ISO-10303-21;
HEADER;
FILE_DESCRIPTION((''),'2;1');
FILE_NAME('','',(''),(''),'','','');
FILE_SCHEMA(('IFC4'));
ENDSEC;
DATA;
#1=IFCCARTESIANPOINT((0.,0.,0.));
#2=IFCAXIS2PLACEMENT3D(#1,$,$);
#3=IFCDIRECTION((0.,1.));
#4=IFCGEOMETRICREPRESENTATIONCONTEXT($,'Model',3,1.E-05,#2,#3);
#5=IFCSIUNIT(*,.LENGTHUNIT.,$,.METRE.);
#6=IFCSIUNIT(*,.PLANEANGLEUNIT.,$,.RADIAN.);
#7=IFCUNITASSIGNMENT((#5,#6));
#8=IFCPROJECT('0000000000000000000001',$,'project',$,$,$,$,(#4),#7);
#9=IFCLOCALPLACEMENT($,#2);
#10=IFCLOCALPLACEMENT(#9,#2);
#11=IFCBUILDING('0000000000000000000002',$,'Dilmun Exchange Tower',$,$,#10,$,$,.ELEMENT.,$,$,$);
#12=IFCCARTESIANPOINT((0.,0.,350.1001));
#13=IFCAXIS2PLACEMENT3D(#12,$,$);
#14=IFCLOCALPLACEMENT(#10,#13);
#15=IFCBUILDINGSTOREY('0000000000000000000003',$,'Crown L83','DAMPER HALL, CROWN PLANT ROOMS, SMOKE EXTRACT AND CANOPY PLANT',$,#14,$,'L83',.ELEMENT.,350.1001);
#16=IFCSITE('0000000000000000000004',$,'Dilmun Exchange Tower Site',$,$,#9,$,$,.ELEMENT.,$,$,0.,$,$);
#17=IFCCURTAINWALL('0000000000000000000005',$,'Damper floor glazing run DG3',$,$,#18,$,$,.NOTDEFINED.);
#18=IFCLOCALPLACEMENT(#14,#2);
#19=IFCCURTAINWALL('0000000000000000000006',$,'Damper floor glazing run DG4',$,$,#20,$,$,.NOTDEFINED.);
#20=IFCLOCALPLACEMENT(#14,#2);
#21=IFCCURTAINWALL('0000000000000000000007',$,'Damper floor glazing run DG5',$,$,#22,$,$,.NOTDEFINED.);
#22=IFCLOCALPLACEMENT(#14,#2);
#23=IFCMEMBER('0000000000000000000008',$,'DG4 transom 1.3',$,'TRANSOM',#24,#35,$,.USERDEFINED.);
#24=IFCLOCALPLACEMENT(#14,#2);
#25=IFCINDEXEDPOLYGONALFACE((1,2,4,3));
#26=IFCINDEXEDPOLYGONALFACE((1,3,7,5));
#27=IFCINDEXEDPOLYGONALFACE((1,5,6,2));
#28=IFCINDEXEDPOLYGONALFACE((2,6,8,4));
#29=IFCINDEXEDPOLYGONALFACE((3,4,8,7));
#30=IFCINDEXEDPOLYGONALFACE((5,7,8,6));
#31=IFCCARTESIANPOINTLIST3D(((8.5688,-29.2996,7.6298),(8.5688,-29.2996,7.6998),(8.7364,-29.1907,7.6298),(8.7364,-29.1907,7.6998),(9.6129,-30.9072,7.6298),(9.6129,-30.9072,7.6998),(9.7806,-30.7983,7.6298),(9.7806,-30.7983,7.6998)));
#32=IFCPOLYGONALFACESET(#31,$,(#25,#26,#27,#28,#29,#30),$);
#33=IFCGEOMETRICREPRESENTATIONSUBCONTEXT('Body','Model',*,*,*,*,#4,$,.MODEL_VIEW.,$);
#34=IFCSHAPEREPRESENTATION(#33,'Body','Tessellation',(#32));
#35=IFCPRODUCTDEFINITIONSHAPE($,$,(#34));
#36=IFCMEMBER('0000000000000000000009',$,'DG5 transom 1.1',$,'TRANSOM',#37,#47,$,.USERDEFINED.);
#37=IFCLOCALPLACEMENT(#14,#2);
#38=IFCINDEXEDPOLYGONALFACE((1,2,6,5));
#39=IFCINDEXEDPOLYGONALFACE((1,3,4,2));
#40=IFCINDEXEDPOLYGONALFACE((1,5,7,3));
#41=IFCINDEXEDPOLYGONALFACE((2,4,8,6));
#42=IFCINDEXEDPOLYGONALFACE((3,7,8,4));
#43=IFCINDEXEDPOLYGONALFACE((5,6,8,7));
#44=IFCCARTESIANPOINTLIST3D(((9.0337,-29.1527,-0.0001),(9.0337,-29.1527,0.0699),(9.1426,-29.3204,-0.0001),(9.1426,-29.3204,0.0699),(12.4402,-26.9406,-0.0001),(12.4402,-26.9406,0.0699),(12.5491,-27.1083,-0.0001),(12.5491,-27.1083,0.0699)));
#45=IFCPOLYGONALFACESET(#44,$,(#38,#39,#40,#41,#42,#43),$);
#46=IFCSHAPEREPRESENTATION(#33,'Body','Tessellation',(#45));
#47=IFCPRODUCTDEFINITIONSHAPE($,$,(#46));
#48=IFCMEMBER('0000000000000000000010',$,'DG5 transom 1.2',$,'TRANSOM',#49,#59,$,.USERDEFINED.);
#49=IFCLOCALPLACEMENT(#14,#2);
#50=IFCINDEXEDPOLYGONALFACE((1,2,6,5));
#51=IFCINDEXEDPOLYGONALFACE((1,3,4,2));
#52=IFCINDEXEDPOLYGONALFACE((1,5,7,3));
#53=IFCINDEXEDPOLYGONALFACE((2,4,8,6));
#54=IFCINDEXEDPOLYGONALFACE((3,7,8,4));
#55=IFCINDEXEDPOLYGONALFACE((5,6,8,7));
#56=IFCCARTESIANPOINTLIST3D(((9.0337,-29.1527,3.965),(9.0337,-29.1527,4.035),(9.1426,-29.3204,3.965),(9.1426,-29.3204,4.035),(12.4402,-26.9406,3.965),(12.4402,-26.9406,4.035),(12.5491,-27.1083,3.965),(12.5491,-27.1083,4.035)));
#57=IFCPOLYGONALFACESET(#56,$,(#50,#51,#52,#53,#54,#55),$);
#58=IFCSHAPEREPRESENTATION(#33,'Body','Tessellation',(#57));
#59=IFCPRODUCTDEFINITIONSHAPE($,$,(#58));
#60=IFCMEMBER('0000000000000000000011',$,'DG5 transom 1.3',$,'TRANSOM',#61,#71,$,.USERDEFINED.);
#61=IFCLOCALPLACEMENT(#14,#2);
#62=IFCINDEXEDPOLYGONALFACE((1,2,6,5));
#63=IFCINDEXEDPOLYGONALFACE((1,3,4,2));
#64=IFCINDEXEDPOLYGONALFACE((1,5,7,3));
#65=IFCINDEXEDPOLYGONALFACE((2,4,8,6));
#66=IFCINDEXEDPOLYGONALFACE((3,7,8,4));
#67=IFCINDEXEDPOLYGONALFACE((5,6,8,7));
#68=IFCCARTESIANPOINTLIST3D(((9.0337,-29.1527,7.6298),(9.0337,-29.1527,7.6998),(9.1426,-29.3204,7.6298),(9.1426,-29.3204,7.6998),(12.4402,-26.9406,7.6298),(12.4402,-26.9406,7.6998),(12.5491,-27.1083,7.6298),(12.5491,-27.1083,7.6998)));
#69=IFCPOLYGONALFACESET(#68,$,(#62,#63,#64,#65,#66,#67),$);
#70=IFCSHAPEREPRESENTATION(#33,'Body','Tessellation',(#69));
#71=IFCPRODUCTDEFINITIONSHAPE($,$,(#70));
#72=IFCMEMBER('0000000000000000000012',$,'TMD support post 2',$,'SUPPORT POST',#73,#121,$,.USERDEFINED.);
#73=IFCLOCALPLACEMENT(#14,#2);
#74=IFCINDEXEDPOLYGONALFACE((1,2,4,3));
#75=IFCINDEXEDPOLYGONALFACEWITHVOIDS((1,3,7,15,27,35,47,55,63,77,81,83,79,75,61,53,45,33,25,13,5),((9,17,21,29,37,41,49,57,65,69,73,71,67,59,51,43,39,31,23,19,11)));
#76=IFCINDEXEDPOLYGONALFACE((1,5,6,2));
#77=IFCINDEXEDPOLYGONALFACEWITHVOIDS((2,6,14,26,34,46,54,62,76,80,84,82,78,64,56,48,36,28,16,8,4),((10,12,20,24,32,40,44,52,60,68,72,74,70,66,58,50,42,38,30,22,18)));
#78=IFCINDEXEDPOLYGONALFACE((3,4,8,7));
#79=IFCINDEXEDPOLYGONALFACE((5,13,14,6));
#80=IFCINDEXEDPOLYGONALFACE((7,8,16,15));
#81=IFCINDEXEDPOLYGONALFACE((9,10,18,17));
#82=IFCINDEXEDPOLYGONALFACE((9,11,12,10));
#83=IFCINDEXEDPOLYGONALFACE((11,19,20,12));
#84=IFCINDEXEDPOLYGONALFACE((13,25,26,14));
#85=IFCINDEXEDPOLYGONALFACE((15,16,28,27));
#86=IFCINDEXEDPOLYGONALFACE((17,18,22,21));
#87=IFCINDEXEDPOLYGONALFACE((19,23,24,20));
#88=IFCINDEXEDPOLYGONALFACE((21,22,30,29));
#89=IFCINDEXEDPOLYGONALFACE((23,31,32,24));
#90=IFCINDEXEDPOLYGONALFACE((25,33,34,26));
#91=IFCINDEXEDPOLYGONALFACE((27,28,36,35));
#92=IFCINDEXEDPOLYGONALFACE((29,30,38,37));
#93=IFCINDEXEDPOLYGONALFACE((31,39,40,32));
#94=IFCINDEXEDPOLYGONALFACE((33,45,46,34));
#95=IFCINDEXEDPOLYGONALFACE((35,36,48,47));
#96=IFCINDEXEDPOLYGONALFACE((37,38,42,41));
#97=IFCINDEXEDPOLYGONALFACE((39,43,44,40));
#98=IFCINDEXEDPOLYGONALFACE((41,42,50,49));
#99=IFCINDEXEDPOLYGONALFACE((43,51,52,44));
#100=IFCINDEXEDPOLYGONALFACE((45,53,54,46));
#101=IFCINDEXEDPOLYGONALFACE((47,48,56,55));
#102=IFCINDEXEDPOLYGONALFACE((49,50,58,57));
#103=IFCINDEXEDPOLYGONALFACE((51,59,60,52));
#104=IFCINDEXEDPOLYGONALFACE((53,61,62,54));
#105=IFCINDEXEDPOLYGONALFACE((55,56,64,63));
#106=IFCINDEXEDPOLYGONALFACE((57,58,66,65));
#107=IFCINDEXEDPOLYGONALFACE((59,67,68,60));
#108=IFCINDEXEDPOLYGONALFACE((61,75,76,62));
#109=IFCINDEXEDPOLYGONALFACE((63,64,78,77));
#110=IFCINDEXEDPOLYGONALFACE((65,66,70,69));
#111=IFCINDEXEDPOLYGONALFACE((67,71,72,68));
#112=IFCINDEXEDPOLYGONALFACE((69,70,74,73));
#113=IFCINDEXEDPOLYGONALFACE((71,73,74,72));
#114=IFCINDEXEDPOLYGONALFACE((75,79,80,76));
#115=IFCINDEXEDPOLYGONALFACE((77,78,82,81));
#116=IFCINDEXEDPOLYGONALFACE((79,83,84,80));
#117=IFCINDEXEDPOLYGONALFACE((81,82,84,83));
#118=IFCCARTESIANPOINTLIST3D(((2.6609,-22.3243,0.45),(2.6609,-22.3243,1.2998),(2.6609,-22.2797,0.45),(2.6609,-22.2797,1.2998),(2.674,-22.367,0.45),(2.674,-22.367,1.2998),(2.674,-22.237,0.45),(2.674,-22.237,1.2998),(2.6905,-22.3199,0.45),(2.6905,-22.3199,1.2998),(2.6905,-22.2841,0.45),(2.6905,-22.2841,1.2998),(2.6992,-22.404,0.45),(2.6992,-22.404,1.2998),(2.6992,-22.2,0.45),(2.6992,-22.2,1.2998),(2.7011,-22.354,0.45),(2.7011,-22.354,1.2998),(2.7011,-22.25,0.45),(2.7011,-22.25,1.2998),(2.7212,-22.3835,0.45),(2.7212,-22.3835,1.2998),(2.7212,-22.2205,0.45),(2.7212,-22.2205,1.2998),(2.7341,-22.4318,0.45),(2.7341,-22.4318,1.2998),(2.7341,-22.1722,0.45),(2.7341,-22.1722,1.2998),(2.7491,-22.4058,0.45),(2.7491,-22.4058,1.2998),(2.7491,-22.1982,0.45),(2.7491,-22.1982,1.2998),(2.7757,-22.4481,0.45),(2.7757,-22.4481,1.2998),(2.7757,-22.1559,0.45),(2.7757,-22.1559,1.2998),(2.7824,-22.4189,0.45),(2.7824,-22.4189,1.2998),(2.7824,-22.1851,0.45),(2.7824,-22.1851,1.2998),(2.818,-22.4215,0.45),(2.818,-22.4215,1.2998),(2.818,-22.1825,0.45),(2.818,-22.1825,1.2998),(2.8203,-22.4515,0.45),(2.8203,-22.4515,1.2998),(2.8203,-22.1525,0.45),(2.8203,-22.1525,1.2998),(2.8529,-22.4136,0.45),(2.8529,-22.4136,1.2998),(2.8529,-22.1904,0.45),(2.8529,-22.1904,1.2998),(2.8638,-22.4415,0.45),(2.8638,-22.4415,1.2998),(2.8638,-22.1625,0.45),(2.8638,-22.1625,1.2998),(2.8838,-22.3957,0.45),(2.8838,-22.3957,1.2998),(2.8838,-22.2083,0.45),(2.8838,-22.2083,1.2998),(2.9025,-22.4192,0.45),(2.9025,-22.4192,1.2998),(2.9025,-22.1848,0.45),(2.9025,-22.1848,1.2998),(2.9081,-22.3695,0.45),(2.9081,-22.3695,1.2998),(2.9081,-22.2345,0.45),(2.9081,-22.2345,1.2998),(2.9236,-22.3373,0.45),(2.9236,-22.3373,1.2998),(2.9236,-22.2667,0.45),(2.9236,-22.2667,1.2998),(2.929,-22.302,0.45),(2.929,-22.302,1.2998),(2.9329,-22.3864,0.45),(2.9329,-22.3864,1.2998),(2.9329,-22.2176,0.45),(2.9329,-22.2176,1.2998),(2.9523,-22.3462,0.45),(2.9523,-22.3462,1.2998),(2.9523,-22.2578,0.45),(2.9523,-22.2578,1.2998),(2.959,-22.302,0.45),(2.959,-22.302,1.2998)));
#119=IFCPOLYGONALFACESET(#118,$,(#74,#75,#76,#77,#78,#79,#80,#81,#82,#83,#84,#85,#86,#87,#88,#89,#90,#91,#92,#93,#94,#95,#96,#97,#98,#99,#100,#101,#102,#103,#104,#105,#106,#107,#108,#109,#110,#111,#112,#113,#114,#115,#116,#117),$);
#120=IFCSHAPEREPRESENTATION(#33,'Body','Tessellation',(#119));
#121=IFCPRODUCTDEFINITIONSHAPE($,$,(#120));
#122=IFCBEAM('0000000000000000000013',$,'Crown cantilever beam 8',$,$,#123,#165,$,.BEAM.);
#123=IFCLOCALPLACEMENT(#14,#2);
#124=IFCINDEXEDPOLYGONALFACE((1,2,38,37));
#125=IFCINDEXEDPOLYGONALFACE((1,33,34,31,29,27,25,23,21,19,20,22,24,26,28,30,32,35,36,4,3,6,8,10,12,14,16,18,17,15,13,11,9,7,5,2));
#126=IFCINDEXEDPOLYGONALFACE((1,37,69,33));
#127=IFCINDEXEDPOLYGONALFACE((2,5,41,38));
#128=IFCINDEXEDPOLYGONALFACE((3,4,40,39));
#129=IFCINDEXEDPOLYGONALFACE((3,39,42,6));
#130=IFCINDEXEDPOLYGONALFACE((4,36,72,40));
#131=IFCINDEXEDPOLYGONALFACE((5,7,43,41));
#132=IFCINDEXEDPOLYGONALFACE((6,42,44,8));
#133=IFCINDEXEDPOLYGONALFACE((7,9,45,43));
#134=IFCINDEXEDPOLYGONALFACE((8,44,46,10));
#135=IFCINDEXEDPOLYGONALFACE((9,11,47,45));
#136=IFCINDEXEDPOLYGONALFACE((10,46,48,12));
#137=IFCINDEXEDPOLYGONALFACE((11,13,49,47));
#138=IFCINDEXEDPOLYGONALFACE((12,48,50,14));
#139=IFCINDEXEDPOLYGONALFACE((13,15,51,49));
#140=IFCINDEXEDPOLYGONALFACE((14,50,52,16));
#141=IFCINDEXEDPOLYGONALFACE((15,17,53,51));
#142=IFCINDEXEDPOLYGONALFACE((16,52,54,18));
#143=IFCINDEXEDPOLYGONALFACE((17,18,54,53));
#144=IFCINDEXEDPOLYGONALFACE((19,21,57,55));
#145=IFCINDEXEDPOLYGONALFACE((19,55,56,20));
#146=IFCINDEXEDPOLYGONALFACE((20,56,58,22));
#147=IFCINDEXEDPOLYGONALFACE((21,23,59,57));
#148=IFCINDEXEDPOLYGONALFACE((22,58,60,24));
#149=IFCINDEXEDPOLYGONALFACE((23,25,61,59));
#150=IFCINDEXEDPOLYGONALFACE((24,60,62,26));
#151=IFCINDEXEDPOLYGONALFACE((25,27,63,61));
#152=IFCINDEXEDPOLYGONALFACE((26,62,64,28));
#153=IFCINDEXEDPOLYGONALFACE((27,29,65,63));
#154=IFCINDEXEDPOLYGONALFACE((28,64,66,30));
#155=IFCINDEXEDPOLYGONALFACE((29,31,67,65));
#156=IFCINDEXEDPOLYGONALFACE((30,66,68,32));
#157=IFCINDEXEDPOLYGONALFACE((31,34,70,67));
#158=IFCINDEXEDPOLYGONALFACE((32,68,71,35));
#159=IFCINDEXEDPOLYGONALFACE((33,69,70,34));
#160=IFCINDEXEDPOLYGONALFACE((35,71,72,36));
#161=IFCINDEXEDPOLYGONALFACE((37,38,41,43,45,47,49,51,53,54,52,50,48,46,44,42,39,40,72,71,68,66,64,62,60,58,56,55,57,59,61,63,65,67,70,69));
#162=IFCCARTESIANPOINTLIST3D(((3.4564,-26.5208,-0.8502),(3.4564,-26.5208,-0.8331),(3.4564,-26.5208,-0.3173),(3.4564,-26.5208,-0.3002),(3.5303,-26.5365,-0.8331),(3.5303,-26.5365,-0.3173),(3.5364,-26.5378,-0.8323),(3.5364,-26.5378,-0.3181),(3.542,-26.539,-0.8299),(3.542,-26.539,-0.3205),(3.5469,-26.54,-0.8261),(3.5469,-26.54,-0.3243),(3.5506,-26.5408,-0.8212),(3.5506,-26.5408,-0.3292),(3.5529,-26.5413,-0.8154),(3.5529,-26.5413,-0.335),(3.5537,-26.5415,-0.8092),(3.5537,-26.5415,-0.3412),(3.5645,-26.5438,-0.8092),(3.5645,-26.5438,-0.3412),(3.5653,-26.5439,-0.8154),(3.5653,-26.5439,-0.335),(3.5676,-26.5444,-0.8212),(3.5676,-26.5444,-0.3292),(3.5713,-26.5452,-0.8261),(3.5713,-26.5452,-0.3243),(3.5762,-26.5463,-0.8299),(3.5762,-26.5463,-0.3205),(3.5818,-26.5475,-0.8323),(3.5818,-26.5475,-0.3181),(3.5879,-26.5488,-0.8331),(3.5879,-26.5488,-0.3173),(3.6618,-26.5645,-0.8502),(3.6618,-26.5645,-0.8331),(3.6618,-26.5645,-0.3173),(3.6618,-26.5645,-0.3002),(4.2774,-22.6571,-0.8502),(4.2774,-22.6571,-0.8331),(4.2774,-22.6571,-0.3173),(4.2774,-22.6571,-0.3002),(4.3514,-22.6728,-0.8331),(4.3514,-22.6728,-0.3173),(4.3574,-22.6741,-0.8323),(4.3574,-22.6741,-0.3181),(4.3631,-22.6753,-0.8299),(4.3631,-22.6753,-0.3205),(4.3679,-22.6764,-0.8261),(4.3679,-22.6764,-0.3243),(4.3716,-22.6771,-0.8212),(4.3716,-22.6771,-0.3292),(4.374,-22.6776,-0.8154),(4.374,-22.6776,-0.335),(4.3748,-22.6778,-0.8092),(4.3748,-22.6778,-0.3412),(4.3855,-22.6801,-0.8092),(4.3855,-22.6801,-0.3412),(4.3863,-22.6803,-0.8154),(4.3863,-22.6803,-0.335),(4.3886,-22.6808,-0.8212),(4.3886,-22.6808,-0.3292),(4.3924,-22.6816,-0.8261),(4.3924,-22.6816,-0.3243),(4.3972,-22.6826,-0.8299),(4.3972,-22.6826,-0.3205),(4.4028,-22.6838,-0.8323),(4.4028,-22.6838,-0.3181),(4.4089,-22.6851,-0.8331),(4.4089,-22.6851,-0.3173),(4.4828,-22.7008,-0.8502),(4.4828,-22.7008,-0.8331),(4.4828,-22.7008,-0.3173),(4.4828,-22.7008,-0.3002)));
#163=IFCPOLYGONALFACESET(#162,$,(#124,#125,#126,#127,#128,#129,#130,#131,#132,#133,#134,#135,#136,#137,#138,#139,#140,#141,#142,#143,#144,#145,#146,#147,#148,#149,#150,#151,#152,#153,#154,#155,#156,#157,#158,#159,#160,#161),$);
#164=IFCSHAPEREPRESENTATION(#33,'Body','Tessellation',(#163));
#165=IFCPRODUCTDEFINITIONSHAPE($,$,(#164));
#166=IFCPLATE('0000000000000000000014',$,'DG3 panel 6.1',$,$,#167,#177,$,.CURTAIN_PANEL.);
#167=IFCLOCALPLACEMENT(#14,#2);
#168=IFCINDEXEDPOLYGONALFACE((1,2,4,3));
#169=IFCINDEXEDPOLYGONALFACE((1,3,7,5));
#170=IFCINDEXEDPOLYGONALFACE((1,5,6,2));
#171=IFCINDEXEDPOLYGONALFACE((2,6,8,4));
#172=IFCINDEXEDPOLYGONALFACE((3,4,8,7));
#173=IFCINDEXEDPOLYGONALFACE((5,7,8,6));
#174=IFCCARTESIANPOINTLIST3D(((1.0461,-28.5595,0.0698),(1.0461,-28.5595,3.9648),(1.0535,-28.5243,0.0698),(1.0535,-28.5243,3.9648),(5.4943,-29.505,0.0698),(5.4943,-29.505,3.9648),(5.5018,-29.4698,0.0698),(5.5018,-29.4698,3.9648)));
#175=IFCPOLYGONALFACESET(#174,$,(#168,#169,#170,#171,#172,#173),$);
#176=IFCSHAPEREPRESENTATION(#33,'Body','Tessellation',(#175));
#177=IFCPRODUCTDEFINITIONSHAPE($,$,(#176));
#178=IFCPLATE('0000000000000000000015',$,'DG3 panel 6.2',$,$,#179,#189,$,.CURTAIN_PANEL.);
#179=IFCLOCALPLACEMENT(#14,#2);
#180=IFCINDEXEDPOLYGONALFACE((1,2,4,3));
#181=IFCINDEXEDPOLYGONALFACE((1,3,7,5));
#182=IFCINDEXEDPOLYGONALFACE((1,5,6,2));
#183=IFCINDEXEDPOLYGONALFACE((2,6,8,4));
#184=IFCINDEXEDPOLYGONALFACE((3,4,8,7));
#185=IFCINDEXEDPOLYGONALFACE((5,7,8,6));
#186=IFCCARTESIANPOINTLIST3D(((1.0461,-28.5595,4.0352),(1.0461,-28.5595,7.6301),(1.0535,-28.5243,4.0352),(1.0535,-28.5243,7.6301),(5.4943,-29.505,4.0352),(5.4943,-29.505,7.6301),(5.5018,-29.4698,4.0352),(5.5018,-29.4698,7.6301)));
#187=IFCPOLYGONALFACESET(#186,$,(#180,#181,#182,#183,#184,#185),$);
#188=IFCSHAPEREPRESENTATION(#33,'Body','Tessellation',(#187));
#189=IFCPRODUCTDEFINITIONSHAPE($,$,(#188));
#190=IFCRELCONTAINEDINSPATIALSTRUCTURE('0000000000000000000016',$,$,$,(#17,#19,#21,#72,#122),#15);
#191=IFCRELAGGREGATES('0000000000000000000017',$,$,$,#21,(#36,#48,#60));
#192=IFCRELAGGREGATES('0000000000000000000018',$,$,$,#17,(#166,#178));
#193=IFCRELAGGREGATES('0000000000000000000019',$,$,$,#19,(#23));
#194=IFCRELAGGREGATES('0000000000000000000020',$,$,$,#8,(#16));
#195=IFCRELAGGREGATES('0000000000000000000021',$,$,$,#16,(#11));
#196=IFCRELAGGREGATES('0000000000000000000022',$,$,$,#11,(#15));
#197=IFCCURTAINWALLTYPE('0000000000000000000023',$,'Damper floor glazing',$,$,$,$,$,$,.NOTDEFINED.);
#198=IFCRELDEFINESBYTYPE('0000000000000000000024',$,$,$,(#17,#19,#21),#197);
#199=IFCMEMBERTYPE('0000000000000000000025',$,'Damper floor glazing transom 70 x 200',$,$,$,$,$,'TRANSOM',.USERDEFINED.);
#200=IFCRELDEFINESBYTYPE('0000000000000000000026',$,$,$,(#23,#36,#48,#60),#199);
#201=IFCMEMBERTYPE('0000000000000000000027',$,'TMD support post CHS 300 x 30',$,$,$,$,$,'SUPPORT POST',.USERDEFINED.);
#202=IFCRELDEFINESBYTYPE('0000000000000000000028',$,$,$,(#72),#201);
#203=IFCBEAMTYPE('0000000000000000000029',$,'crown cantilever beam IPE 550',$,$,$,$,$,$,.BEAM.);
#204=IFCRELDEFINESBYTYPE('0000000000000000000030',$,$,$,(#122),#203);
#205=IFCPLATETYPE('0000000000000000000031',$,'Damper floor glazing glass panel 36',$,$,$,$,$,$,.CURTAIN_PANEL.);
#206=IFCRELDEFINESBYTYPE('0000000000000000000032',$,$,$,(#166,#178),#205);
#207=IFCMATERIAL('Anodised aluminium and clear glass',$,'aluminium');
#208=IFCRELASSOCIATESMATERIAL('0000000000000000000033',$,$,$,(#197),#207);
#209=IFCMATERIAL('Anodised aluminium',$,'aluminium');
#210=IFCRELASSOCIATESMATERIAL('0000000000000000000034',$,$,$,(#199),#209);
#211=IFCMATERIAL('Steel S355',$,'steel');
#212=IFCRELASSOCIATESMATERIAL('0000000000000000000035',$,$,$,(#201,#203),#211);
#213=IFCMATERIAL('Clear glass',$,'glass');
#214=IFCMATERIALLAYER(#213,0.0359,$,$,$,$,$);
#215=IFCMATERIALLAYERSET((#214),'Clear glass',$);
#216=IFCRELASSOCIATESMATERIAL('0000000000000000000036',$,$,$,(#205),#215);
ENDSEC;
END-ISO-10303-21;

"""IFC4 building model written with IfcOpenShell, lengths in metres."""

from ifc_helpers import new_model, si_unit, direction, frame, origin, origin_2d, place, context, subcontext, project, spatial, rectangle, hollow_circle, i_section, extrude, material, layer, layer_set, material_profile, profile_set, type_object, element, aggregate, save


model = new_model("IFC4")

# Units and contexts
model_context = context("Model", 3, precision=1e-05, world=origin(), true_north=direction((0.0, 1.0)))
body_context = subcontext(model_context, "Body", "Model", "MODEL_VIEW")
ifc_project = project(units=[si_unit("LENGTHUNIT", "METRE"), si_unit("PLANEANGLEUNIT", "RADIAN")], contexts=[model_context])

# Site, building, storey
site_placement = place(None, origin())
site = spatial("IfcSite", under=ifc_project, at=site_placement, Name="Dilmun Exchange Tower Site", CompositionType="ELEMENT", RefElevation=0.0)
building_placement = place(site_placement, origin())
building = spatial("IfcBuilding", under=site, at=building_placement, Name="Dilmun Exchange Tower", CompositionType="ELEMENT")
storey_placement = place(building_placement, frame((0.0, 0.0, 350.1001)))
storey = spatial("IfcBuildingStorey", under=building, at=storey_placement, Name="Crown L83", Description="DAMPER HALL, CROWN PLANT ROOMS, SMOKE EXTRACT AND CANOPY PLANT", LongName="L83", CompositionType="ELEMENT", Elevation=350.1001)

# Curtain walls
ifc_material_1 = material(Name="Anodised aluminium and clear glass", Category="aluminium")
curtain_wall_type = type_object("IfcCurtainWallType", Name="Damper floor glazing", PredefinedType="NOTDEFINED", material=ifc_material_1)
curtain_wall_1_placement = place(storey_placement, origin())
curtain_wall_1 = element("IfcCurtainWall", 1, at=curtain_wall_1_placement, inside=storey, type_object=curtain_wall_type, Name="Damper floor glazing run DG3", PredefinedType="NOTDEFINED")
ifc_material_2 = material(Name="Anodised aluminium", Category="aluminium")
curtain_wall_2_placement = place(storey_placement, origin())
curtain_wall_2 = element("IfcCurtainWall", 2, at=curtain_wall_2_placement, inside=storey, type_object=curtain_wall_type, Name="Damper floor glazing run DG4", PredefinedType="NOTDEFINED")

# Curtain wall
curtain_wall_3_placement = place(storey_placement, origin())
curtain_wall_3 = element("IfcCurtainWall", 3, at=curtain_wall_3_placement, inside=storey, type_object=curtain_wall_type, Name="Damper floor glazing run DG5", PredefinedType="NOTDEFINED")

# Members
ifc_material_profile_1 = material_profile(ifc_material_2, rectangle(XDim=0.2, YDim=0.0701, at=origin_2d()), Name="AL 70x200")
ifc_profile_set_1 = profile_set([ifc_material_profile_1], Name="Anodised aluminium")
member_type_1 = type_object("IfcMemberType", Name="Damper floor glazing transom 70 x 200", ElementType="TRANSOM", PredefinedType="USERDEFINED", material=ifc_profile_set_1)
member_1_placement = place(storey_placement, frame((9.6968, -30.8528, 7.6648), z_axis=(-0.544697, 0.838633, 0.0), x_axis=(-0.838633, -0.544697, 0.0)))
member_1 = element("IfcMember", 4, at=member_1_placement, type_object=member_type_1, Name="DG4 transom 1.3", ObjectType="TRANSOM", PredefinedType="USERDEFINED", context=body_context, shape_type="SweptSolid", body=[
    extrude(rectangle(XDim=0.2, YDim=0.0701, at=origin_2d()), origin(), (0.0, 0.0, 1.0), 1.917),
])
member_2_placement = place(storey_placement, frame((9.0881, -29.2366, 0.0349), z_axis=(0.838676, 0.544631, 0.0), x_axis=(-0.544631, 0.838676, 0.0)))
member_2 = element("IfcMember", 5, at=member_2_placement, type_object=member_type_1, Name="DG5 transom 1.1", ObjectType="TRANSOM", PredefinedType="USERDEFINED", context=body_context, shape_type="SweptSolid", body=[
    extrude(rectangle(XDim=0.2, YDim=0.0701, at=origin_2d()), origin(), (0.0, 0.0, 1.0), 4.0618),
])
member_3_placement = place(storey_placement, frame((9.0881, -29.2366, 4.0), z_axis=(0.838676, 0.544631, 0.0), x_axis=(-0.544631, 0.838676, 0.0)))
member_3 = element("IfcMember", 6, at=member_3_placement, type_object=member_type_1, Name="DG5 transom 1.2", ObjectType="TRANSOM", PredefinedType="USERDEFINED", context=body_context, shape_type="SweptSolid", body=[
    extrude(rectangle(XDim=0.2, YDim=0.0701, at=origin_2d()), origin(), (0.0, 0.0, 1.0), 4.0618),
])
member_4_placement = place(storey_placement, frame((9.0881, -29.2366, 7.6648), z_axis=(0.838676, 0.544631, 0.0), x_axis=(-0.544631, 0.838676, 0.0)))
member_4 = element("IfcMember", 7, at=member_4_placement, type_object=member_type_1, Name="DG5 transom 1.3", ObjectType="TRANSOM", PredefinedType="USERDEFINED", context=body_context, shape_type="SweptSolid", body=[
    extrude(rectangle(XDim=0.2, YDim=0.0701, at=origin_2d()), origin(), (0.0, 0.0, 1.0), 4.0618),
])
aggregate(curtain_wall_3, [member_2, member_3, member_4])
ifc_material_3 = material(Name="Steel S355", Category="steel")
ifc_material_profile_2 = material_profile(ifc_material_3, hollow_circle(Radius=0.1499, WallThickness=0.03, at=origin_2d()), Name="CHS 300x30")
ifc_profile_set_2 = profile_set([ifc_material_profile_2], Name="Steel S355")
member_type_2 = type_object("IfcMemberType", Name="TMD support post CHS 300 x 30", ElementType="SUPPORT POST", PredefinedType="USERDEFINED", material=ifc_profile_set_2)
member_5_placement = place(storey_placement, frame((2.8091, -22.302, 0.45), z_axis=(0.0, 0.0, 1.0), x_axis=(1.0, 0.0, 0.0)))
element("IfcMember", 8, at=member_5_placement, inside=storey, type_object=member_type_2, Name="TMD support post 2", ObjectType="SUPPORT POST", PredefinedType="USERDEFINED", context=body_context, shape_type="SweptSolid", body=[
    extrude(hollow_circle(Radius=0.1499, WallThickness=0.03, at=origin_2d()), origin(), (0.0, 0.0, 1.0), 0.8499),
])

# Beam
ifc_material_profile_3 = material_profile(ifc_material_3, i_section(OverallWidth=0.21, OverallDepth=0.55, WebThickness=0.011, FlangeThickness=0.0171, FilletRadius=0.0239, at=origin_2d()), Name="IPE 550")
ifc_profile_set_3 = profile_set([ifc_material_profile_3], Name="Steel S355")
beam_type = type_object("IfcBeamType", Name="crown cantilever beam IPE 550", PredefinedType="BEAM", material=ifc_profile_set_3)
beam_placement = place(storey_placement, frame((4.3801, -22.679, -0.5752), z_axis=(-0.207857, -0.978159, 0.0), x_axis=(0.978159, -0.207857, 0.0)))
element("IfcBeam", 9, at=beam_placement, inside=storey, type_object=beam_type, Name="Crown cantilever beam 8", PredefinedType="BEAM", context=body_context, shape_type="SweptSolid", body=[
    extrude(i_section(OverallWidth=0.21, OverallDepth=0.55, WebThickness=0.011, FlangeThickness=0.0171, FilletRadius=0.0239, at=origin_2d()), origin(), (0.0, 0.0, 1.0), 3.95),
])

# Plates
ifc_material_4 = material(Name="Clear glass", Category="glass")
ifc_layer_1 = layer(ifc_material_4, 0.0359)
ifc_layer_set_1 = layer_set([ifc_layer_1], Name="Clear glass")
plate_type = type_object("IfcPlateType", Name="Damper floor glazing glass panel 36", PredefinedType="CURTAIN_PANEL", material=ifc_layer_set_1)
plate_1_placement = place(storey_placement, frame((3.2739, -29.0146, 0.0698), z_axis=(0.0, 0.0, 1.0), x_axis=(0.978148, -0.207911, 0.0)))
plate_1 = element("IfcPlate", 10, at=plate_1_placement, type_object=plate_type, Name="DG3 panel 6.1", PredefinedType="CURTAIN_PANEL", context=body_context, shape_type="SweptSolid", body=[
    extrude(rectangle(XDim=4.5476, YDim=0.0359, at=origin_2d()), origin(), (0.0, 0.0, 1.0), 3.895),
])
plate_2_placement = place(storey_placement, frame((3.2739, -29.0146, 4.0352), z_axis=(0.0, 0.0, 1.0), x_axis=(0.978148, -0.207911, 0.0)))
plate_2 = element("IfcPlate", 11, at=plate_2_placement, type_object=plate_type, Name="DG3 panel 6.2", PredefinedType="CURTAIN_PANEL", context=body_context, shape_type="SweptSolid", body=[
    extrude(rectangle(XDim=4.5476, YDim=0.0359, at=origin_2d()), origin(), (0.0, 0.0, 1.0), 3.595),
])
aggregate(curtain_wall_1, [plate_1, plate_2])
aggregate(curtain_wall_2, [member_1])

save(model, "model.ifc")
